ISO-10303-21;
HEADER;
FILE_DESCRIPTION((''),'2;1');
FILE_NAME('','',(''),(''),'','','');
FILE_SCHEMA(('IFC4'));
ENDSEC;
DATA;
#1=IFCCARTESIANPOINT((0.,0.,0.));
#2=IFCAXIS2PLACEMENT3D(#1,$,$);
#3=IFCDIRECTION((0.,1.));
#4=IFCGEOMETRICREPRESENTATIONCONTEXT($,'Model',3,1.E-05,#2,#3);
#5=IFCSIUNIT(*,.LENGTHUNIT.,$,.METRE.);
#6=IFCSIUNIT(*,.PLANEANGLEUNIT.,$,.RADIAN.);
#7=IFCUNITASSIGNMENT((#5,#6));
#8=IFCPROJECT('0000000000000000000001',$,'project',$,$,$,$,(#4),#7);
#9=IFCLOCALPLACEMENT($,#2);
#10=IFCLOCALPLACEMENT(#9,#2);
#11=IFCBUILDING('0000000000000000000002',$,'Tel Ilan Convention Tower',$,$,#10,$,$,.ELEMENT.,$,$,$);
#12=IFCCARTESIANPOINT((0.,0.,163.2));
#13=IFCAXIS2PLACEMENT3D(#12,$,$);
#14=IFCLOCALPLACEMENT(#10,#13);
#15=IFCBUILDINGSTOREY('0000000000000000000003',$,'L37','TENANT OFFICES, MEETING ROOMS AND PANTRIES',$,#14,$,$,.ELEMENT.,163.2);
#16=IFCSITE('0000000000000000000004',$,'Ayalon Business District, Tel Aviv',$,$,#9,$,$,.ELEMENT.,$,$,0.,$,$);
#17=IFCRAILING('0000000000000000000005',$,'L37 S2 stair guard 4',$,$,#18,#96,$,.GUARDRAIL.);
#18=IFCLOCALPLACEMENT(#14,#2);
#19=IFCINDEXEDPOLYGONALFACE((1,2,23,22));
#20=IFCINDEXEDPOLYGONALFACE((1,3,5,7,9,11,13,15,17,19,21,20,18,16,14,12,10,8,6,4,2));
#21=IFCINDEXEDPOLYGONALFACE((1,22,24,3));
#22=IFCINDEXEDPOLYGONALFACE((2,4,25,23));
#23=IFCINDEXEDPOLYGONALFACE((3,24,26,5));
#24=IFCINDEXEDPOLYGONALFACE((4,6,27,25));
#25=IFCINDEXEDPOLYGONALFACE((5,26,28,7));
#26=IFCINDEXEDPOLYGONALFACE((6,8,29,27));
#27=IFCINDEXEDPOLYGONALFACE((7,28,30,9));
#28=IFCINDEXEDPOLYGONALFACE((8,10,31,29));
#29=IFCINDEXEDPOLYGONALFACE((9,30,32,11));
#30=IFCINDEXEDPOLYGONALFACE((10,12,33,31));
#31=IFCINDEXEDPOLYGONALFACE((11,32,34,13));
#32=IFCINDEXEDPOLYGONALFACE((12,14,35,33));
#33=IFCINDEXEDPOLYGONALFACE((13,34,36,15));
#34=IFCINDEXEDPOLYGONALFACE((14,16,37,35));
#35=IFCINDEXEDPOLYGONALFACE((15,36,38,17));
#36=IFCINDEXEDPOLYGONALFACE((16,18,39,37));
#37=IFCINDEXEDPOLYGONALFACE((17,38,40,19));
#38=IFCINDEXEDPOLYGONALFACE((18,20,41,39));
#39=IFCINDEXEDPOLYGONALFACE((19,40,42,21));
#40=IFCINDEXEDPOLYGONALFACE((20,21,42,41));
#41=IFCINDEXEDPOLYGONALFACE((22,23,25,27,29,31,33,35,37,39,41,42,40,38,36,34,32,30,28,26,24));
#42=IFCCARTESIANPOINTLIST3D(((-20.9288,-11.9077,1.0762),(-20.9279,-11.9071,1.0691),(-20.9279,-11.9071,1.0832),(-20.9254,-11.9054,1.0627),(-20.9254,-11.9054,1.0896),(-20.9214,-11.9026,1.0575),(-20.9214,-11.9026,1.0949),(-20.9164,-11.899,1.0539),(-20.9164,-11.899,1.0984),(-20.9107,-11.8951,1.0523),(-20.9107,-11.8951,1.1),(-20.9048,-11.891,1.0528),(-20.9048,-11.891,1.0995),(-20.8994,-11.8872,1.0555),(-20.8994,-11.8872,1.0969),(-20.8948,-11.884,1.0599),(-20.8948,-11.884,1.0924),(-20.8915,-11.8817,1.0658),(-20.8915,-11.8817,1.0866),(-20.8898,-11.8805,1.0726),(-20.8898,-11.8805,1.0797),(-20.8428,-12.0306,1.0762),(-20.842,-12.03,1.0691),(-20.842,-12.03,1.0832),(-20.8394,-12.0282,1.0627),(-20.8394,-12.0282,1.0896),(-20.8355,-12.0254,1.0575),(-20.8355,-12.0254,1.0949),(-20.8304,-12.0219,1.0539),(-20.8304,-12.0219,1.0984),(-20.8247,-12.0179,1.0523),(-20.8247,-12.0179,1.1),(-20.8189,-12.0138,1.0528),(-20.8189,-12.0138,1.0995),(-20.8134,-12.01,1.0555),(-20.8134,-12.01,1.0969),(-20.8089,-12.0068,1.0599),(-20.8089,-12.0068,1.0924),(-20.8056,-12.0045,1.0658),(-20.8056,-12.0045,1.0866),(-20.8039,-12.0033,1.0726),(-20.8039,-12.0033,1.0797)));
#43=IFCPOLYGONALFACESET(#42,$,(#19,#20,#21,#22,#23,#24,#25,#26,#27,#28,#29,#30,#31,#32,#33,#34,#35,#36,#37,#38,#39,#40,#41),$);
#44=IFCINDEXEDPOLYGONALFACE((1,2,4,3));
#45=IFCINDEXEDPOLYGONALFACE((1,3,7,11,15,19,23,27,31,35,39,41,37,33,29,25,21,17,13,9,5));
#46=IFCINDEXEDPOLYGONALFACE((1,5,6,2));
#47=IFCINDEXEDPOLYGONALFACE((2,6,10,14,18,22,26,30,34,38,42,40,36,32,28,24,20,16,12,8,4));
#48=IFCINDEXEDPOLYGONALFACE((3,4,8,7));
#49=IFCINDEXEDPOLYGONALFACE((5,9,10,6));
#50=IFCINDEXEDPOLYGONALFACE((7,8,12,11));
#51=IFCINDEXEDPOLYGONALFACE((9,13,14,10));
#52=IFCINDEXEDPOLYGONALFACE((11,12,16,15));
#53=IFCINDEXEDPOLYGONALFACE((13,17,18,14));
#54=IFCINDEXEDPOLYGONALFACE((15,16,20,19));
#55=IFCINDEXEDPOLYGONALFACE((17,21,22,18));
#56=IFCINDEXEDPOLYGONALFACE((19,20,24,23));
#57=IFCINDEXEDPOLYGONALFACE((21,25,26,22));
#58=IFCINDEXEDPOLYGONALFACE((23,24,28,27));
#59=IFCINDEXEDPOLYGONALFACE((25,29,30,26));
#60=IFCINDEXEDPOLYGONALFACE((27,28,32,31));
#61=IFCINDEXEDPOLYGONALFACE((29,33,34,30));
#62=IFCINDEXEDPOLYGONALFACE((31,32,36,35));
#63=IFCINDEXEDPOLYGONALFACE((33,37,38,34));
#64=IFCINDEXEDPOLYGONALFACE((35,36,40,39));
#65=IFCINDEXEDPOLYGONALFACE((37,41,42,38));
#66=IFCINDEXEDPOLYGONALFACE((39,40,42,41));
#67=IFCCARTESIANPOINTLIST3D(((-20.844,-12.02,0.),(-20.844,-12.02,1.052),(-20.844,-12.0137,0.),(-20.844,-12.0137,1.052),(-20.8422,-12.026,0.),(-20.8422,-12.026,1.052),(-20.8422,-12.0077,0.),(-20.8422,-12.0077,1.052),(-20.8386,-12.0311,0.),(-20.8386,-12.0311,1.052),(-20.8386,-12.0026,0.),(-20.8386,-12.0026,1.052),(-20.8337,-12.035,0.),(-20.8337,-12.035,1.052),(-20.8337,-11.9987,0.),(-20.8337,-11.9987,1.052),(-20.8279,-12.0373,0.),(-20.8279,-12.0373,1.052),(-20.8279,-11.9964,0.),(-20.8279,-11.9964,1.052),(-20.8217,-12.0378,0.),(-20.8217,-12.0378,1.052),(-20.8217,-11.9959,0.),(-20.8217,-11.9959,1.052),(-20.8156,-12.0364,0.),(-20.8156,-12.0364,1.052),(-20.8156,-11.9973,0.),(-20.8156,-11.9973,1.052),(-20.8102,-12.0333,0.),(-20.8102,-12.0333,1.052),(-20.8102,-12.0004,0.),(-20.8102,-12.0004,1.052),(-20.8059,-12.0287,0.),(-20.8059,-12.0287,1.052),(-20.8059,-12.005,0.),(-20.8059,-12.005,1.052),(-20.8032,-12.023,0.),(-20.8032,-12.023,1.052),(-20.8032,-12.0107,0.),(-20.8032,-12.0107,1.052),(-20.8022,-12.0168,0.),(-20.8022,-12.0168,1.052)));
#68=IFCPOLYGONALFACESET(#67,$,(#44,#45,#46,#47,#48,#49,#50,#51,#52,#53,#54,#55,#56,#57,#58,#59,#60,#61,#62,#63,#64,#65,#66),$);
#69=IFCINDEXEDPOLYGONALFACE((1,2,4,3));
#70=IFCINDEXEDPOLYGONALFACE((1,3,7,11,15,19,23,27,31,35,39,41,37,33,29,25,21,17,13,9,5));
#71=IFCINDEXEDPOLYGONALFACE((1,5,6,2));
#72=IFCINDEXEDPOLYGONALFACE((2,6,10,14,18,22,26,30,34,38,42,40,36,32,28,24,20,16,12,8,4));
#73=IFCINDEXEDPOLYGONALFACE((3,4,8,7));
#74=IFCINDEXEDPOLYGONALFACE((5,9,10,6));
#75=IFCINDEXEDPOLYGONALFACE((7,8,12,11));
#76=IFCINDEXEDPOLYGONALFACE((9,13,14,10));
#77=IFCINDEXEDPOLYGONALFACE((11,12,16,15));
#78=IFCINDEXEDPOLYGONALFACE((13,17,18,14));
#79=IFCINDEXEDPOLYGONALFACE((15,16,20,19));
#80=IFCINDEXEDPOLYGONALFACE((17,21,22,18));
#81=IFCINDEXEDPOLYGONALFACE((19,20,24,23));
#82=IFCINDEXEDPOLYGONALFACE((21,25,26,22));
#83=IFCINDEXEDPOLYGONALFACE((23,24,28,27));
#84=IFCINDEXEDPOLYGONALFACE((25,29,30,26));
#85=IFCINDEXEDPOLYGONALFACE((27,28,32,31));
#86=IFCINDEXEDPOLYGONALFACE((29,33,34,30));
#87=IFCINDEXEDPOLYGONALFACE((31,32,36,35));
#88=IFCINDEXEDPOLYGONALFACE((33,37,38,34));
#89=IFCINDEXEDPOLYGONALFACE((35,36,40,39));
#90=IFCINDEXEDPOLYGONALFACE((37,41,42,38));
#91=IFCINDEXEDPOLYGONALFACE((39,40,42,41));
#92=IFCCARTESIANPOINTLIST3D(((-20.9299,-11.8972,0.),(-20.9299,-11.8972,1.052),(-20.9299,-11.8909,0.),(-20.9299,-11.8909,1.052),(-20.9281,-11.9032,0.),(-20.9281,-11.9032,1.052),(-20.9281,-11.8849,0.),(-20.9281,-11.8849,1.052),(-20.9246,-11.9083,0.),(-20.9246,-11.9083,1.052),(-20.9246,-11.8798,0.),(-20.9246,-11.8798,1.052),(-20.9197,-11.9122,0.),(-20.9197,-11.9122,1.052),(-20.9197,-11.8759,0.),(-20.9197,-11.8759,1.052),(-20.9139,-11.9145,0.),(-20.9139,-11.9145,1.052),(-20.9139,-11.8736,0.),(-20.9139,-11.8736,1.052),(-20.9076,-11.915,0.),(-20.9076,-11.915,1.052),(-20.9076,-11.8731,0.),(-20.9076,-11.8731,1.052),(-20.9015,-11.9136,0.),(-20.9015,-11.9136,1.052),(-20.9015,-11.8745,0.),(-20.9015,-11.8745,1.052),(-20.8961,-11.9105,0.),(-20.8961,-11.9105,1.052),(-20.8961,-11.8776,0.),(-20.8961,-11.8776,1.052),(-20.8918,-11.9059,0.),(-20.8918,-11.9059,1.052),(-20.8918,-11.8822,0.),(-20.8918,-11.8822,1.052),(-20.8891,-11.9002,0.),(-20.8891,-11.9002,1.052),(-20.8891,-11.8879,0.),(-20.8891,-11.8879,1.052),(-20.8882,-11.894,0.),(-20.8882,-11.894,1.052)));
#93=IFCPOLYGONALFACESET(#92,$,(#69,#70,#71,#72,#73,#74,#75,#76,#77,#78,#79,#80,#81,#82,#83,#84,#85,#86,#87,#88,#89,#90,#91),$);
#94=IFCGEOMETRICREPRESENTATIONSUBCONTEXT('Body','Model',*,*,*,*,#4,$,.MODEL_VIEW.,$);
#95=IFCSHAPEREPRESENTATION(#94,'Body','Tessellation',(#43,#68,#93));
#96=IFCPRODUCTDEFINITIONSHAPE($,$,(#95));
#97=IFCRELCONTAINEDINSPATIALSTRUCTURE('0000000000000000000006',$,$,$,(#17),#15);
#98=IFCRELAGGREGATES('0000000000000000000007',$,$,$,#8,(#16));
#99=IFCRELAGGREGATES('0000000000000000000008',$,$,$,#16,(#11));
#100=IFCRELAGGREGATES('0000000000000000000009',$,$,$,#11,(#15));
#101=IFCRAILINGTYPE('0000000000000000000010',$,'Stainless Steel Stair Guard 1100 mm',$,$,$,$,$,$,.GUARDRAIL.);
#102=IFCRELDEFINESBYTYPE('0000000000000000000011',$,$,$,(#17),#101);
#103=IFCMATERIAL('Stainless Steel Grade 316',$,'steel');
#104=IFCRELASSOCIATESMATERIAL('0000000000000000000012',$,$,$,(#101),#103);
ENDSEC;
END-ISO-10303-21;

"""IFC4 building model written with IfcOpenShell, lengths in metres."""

from ifc_helpers import new_model, si_unit, direction, frame, origin, origin_2d, place, context, subcontext, project, spatial, circle, extrude, material, type_object, element, save


model = new_model("IFC4")

# Units and contexts
model_context = context("Model", 3, precision=1e-05, world=origin(), true_north=direction((0.0, 1.0)))
body_context = subcontext(model_context, "Body", "Model", "MODEL_VIEW")
ifc_project = project(units=[si_unit("LENGTHUNIT", "METRE"), si_unit("PLANEANGLEUNIT", "RADIAN")], contexts=[model_context])

# Site, building, storey
site_placement = place(None, origin())
site = spatial("IfcSite", under=ifc_project, at=site_placement, Name="Ayalon Business District, Tel Aviv", CompositionType="ELEMENT", RefElevation=0.0)
building_placement = place(site_placement, origin())
building = spatial("IfcBuilding", under=site, at=building_placement, Name="Tel Ilan Convention Tower", CompositionType="ELEMENT")
storey_placement = place(building_placement, frame((0.0, 0.0, 163.2)))
storey = spatial("IfcBuildingStorey", under=building, at=storey_placement, Name="L37", Description="TENANT OFFICES, MEETING ROOMS AND PANTRIES", CompositionType="ELEMENT", Elevation=163.2)

# Railing
ifc_material_1 = material(Name="Stainless Steel Grade 316", Category="steel")
railing_type_1 = type_object("IfcRailingType", Name="Stainless Steel Stair Guard 1100 mm", PredefinedType="GUARDRAIL", material=ifc_material_1)
railing_1_placement = place(storey_placement, frame((-20.8232, -12.0168, 0.0)))
element("IfcRailing", 1, at=railing_1_placement, inside=storey, type_object=railing_type_1, Name="L37 S2 stair guard 4", PredefinedType="GUARDRAIL", context=body_context, shape_type="SweptSolid", body=[
    extrude(circle(Radius=0.0239, at=origin_2d()), frame((0.0, 0.0, 1.0762), z_axis=(-0.573353, 0.819308, 0.0), x_axis=(-0.819308, -0.573353, 0.0)), (0.0, 0.0, 1.0), 0.1499),
    extrude(circle(Radius=0.021, at=origin_2d()), origin(), (0.0, 0.0, 1.0), 1.052),
    extrude(circle(Radius=0.021, at=origin_2d()), frame((-0.0859, 0.1228, 0.0)), (0.0, 0.0, 1.0), 1.052),
])

save(model, "model.ifc")
